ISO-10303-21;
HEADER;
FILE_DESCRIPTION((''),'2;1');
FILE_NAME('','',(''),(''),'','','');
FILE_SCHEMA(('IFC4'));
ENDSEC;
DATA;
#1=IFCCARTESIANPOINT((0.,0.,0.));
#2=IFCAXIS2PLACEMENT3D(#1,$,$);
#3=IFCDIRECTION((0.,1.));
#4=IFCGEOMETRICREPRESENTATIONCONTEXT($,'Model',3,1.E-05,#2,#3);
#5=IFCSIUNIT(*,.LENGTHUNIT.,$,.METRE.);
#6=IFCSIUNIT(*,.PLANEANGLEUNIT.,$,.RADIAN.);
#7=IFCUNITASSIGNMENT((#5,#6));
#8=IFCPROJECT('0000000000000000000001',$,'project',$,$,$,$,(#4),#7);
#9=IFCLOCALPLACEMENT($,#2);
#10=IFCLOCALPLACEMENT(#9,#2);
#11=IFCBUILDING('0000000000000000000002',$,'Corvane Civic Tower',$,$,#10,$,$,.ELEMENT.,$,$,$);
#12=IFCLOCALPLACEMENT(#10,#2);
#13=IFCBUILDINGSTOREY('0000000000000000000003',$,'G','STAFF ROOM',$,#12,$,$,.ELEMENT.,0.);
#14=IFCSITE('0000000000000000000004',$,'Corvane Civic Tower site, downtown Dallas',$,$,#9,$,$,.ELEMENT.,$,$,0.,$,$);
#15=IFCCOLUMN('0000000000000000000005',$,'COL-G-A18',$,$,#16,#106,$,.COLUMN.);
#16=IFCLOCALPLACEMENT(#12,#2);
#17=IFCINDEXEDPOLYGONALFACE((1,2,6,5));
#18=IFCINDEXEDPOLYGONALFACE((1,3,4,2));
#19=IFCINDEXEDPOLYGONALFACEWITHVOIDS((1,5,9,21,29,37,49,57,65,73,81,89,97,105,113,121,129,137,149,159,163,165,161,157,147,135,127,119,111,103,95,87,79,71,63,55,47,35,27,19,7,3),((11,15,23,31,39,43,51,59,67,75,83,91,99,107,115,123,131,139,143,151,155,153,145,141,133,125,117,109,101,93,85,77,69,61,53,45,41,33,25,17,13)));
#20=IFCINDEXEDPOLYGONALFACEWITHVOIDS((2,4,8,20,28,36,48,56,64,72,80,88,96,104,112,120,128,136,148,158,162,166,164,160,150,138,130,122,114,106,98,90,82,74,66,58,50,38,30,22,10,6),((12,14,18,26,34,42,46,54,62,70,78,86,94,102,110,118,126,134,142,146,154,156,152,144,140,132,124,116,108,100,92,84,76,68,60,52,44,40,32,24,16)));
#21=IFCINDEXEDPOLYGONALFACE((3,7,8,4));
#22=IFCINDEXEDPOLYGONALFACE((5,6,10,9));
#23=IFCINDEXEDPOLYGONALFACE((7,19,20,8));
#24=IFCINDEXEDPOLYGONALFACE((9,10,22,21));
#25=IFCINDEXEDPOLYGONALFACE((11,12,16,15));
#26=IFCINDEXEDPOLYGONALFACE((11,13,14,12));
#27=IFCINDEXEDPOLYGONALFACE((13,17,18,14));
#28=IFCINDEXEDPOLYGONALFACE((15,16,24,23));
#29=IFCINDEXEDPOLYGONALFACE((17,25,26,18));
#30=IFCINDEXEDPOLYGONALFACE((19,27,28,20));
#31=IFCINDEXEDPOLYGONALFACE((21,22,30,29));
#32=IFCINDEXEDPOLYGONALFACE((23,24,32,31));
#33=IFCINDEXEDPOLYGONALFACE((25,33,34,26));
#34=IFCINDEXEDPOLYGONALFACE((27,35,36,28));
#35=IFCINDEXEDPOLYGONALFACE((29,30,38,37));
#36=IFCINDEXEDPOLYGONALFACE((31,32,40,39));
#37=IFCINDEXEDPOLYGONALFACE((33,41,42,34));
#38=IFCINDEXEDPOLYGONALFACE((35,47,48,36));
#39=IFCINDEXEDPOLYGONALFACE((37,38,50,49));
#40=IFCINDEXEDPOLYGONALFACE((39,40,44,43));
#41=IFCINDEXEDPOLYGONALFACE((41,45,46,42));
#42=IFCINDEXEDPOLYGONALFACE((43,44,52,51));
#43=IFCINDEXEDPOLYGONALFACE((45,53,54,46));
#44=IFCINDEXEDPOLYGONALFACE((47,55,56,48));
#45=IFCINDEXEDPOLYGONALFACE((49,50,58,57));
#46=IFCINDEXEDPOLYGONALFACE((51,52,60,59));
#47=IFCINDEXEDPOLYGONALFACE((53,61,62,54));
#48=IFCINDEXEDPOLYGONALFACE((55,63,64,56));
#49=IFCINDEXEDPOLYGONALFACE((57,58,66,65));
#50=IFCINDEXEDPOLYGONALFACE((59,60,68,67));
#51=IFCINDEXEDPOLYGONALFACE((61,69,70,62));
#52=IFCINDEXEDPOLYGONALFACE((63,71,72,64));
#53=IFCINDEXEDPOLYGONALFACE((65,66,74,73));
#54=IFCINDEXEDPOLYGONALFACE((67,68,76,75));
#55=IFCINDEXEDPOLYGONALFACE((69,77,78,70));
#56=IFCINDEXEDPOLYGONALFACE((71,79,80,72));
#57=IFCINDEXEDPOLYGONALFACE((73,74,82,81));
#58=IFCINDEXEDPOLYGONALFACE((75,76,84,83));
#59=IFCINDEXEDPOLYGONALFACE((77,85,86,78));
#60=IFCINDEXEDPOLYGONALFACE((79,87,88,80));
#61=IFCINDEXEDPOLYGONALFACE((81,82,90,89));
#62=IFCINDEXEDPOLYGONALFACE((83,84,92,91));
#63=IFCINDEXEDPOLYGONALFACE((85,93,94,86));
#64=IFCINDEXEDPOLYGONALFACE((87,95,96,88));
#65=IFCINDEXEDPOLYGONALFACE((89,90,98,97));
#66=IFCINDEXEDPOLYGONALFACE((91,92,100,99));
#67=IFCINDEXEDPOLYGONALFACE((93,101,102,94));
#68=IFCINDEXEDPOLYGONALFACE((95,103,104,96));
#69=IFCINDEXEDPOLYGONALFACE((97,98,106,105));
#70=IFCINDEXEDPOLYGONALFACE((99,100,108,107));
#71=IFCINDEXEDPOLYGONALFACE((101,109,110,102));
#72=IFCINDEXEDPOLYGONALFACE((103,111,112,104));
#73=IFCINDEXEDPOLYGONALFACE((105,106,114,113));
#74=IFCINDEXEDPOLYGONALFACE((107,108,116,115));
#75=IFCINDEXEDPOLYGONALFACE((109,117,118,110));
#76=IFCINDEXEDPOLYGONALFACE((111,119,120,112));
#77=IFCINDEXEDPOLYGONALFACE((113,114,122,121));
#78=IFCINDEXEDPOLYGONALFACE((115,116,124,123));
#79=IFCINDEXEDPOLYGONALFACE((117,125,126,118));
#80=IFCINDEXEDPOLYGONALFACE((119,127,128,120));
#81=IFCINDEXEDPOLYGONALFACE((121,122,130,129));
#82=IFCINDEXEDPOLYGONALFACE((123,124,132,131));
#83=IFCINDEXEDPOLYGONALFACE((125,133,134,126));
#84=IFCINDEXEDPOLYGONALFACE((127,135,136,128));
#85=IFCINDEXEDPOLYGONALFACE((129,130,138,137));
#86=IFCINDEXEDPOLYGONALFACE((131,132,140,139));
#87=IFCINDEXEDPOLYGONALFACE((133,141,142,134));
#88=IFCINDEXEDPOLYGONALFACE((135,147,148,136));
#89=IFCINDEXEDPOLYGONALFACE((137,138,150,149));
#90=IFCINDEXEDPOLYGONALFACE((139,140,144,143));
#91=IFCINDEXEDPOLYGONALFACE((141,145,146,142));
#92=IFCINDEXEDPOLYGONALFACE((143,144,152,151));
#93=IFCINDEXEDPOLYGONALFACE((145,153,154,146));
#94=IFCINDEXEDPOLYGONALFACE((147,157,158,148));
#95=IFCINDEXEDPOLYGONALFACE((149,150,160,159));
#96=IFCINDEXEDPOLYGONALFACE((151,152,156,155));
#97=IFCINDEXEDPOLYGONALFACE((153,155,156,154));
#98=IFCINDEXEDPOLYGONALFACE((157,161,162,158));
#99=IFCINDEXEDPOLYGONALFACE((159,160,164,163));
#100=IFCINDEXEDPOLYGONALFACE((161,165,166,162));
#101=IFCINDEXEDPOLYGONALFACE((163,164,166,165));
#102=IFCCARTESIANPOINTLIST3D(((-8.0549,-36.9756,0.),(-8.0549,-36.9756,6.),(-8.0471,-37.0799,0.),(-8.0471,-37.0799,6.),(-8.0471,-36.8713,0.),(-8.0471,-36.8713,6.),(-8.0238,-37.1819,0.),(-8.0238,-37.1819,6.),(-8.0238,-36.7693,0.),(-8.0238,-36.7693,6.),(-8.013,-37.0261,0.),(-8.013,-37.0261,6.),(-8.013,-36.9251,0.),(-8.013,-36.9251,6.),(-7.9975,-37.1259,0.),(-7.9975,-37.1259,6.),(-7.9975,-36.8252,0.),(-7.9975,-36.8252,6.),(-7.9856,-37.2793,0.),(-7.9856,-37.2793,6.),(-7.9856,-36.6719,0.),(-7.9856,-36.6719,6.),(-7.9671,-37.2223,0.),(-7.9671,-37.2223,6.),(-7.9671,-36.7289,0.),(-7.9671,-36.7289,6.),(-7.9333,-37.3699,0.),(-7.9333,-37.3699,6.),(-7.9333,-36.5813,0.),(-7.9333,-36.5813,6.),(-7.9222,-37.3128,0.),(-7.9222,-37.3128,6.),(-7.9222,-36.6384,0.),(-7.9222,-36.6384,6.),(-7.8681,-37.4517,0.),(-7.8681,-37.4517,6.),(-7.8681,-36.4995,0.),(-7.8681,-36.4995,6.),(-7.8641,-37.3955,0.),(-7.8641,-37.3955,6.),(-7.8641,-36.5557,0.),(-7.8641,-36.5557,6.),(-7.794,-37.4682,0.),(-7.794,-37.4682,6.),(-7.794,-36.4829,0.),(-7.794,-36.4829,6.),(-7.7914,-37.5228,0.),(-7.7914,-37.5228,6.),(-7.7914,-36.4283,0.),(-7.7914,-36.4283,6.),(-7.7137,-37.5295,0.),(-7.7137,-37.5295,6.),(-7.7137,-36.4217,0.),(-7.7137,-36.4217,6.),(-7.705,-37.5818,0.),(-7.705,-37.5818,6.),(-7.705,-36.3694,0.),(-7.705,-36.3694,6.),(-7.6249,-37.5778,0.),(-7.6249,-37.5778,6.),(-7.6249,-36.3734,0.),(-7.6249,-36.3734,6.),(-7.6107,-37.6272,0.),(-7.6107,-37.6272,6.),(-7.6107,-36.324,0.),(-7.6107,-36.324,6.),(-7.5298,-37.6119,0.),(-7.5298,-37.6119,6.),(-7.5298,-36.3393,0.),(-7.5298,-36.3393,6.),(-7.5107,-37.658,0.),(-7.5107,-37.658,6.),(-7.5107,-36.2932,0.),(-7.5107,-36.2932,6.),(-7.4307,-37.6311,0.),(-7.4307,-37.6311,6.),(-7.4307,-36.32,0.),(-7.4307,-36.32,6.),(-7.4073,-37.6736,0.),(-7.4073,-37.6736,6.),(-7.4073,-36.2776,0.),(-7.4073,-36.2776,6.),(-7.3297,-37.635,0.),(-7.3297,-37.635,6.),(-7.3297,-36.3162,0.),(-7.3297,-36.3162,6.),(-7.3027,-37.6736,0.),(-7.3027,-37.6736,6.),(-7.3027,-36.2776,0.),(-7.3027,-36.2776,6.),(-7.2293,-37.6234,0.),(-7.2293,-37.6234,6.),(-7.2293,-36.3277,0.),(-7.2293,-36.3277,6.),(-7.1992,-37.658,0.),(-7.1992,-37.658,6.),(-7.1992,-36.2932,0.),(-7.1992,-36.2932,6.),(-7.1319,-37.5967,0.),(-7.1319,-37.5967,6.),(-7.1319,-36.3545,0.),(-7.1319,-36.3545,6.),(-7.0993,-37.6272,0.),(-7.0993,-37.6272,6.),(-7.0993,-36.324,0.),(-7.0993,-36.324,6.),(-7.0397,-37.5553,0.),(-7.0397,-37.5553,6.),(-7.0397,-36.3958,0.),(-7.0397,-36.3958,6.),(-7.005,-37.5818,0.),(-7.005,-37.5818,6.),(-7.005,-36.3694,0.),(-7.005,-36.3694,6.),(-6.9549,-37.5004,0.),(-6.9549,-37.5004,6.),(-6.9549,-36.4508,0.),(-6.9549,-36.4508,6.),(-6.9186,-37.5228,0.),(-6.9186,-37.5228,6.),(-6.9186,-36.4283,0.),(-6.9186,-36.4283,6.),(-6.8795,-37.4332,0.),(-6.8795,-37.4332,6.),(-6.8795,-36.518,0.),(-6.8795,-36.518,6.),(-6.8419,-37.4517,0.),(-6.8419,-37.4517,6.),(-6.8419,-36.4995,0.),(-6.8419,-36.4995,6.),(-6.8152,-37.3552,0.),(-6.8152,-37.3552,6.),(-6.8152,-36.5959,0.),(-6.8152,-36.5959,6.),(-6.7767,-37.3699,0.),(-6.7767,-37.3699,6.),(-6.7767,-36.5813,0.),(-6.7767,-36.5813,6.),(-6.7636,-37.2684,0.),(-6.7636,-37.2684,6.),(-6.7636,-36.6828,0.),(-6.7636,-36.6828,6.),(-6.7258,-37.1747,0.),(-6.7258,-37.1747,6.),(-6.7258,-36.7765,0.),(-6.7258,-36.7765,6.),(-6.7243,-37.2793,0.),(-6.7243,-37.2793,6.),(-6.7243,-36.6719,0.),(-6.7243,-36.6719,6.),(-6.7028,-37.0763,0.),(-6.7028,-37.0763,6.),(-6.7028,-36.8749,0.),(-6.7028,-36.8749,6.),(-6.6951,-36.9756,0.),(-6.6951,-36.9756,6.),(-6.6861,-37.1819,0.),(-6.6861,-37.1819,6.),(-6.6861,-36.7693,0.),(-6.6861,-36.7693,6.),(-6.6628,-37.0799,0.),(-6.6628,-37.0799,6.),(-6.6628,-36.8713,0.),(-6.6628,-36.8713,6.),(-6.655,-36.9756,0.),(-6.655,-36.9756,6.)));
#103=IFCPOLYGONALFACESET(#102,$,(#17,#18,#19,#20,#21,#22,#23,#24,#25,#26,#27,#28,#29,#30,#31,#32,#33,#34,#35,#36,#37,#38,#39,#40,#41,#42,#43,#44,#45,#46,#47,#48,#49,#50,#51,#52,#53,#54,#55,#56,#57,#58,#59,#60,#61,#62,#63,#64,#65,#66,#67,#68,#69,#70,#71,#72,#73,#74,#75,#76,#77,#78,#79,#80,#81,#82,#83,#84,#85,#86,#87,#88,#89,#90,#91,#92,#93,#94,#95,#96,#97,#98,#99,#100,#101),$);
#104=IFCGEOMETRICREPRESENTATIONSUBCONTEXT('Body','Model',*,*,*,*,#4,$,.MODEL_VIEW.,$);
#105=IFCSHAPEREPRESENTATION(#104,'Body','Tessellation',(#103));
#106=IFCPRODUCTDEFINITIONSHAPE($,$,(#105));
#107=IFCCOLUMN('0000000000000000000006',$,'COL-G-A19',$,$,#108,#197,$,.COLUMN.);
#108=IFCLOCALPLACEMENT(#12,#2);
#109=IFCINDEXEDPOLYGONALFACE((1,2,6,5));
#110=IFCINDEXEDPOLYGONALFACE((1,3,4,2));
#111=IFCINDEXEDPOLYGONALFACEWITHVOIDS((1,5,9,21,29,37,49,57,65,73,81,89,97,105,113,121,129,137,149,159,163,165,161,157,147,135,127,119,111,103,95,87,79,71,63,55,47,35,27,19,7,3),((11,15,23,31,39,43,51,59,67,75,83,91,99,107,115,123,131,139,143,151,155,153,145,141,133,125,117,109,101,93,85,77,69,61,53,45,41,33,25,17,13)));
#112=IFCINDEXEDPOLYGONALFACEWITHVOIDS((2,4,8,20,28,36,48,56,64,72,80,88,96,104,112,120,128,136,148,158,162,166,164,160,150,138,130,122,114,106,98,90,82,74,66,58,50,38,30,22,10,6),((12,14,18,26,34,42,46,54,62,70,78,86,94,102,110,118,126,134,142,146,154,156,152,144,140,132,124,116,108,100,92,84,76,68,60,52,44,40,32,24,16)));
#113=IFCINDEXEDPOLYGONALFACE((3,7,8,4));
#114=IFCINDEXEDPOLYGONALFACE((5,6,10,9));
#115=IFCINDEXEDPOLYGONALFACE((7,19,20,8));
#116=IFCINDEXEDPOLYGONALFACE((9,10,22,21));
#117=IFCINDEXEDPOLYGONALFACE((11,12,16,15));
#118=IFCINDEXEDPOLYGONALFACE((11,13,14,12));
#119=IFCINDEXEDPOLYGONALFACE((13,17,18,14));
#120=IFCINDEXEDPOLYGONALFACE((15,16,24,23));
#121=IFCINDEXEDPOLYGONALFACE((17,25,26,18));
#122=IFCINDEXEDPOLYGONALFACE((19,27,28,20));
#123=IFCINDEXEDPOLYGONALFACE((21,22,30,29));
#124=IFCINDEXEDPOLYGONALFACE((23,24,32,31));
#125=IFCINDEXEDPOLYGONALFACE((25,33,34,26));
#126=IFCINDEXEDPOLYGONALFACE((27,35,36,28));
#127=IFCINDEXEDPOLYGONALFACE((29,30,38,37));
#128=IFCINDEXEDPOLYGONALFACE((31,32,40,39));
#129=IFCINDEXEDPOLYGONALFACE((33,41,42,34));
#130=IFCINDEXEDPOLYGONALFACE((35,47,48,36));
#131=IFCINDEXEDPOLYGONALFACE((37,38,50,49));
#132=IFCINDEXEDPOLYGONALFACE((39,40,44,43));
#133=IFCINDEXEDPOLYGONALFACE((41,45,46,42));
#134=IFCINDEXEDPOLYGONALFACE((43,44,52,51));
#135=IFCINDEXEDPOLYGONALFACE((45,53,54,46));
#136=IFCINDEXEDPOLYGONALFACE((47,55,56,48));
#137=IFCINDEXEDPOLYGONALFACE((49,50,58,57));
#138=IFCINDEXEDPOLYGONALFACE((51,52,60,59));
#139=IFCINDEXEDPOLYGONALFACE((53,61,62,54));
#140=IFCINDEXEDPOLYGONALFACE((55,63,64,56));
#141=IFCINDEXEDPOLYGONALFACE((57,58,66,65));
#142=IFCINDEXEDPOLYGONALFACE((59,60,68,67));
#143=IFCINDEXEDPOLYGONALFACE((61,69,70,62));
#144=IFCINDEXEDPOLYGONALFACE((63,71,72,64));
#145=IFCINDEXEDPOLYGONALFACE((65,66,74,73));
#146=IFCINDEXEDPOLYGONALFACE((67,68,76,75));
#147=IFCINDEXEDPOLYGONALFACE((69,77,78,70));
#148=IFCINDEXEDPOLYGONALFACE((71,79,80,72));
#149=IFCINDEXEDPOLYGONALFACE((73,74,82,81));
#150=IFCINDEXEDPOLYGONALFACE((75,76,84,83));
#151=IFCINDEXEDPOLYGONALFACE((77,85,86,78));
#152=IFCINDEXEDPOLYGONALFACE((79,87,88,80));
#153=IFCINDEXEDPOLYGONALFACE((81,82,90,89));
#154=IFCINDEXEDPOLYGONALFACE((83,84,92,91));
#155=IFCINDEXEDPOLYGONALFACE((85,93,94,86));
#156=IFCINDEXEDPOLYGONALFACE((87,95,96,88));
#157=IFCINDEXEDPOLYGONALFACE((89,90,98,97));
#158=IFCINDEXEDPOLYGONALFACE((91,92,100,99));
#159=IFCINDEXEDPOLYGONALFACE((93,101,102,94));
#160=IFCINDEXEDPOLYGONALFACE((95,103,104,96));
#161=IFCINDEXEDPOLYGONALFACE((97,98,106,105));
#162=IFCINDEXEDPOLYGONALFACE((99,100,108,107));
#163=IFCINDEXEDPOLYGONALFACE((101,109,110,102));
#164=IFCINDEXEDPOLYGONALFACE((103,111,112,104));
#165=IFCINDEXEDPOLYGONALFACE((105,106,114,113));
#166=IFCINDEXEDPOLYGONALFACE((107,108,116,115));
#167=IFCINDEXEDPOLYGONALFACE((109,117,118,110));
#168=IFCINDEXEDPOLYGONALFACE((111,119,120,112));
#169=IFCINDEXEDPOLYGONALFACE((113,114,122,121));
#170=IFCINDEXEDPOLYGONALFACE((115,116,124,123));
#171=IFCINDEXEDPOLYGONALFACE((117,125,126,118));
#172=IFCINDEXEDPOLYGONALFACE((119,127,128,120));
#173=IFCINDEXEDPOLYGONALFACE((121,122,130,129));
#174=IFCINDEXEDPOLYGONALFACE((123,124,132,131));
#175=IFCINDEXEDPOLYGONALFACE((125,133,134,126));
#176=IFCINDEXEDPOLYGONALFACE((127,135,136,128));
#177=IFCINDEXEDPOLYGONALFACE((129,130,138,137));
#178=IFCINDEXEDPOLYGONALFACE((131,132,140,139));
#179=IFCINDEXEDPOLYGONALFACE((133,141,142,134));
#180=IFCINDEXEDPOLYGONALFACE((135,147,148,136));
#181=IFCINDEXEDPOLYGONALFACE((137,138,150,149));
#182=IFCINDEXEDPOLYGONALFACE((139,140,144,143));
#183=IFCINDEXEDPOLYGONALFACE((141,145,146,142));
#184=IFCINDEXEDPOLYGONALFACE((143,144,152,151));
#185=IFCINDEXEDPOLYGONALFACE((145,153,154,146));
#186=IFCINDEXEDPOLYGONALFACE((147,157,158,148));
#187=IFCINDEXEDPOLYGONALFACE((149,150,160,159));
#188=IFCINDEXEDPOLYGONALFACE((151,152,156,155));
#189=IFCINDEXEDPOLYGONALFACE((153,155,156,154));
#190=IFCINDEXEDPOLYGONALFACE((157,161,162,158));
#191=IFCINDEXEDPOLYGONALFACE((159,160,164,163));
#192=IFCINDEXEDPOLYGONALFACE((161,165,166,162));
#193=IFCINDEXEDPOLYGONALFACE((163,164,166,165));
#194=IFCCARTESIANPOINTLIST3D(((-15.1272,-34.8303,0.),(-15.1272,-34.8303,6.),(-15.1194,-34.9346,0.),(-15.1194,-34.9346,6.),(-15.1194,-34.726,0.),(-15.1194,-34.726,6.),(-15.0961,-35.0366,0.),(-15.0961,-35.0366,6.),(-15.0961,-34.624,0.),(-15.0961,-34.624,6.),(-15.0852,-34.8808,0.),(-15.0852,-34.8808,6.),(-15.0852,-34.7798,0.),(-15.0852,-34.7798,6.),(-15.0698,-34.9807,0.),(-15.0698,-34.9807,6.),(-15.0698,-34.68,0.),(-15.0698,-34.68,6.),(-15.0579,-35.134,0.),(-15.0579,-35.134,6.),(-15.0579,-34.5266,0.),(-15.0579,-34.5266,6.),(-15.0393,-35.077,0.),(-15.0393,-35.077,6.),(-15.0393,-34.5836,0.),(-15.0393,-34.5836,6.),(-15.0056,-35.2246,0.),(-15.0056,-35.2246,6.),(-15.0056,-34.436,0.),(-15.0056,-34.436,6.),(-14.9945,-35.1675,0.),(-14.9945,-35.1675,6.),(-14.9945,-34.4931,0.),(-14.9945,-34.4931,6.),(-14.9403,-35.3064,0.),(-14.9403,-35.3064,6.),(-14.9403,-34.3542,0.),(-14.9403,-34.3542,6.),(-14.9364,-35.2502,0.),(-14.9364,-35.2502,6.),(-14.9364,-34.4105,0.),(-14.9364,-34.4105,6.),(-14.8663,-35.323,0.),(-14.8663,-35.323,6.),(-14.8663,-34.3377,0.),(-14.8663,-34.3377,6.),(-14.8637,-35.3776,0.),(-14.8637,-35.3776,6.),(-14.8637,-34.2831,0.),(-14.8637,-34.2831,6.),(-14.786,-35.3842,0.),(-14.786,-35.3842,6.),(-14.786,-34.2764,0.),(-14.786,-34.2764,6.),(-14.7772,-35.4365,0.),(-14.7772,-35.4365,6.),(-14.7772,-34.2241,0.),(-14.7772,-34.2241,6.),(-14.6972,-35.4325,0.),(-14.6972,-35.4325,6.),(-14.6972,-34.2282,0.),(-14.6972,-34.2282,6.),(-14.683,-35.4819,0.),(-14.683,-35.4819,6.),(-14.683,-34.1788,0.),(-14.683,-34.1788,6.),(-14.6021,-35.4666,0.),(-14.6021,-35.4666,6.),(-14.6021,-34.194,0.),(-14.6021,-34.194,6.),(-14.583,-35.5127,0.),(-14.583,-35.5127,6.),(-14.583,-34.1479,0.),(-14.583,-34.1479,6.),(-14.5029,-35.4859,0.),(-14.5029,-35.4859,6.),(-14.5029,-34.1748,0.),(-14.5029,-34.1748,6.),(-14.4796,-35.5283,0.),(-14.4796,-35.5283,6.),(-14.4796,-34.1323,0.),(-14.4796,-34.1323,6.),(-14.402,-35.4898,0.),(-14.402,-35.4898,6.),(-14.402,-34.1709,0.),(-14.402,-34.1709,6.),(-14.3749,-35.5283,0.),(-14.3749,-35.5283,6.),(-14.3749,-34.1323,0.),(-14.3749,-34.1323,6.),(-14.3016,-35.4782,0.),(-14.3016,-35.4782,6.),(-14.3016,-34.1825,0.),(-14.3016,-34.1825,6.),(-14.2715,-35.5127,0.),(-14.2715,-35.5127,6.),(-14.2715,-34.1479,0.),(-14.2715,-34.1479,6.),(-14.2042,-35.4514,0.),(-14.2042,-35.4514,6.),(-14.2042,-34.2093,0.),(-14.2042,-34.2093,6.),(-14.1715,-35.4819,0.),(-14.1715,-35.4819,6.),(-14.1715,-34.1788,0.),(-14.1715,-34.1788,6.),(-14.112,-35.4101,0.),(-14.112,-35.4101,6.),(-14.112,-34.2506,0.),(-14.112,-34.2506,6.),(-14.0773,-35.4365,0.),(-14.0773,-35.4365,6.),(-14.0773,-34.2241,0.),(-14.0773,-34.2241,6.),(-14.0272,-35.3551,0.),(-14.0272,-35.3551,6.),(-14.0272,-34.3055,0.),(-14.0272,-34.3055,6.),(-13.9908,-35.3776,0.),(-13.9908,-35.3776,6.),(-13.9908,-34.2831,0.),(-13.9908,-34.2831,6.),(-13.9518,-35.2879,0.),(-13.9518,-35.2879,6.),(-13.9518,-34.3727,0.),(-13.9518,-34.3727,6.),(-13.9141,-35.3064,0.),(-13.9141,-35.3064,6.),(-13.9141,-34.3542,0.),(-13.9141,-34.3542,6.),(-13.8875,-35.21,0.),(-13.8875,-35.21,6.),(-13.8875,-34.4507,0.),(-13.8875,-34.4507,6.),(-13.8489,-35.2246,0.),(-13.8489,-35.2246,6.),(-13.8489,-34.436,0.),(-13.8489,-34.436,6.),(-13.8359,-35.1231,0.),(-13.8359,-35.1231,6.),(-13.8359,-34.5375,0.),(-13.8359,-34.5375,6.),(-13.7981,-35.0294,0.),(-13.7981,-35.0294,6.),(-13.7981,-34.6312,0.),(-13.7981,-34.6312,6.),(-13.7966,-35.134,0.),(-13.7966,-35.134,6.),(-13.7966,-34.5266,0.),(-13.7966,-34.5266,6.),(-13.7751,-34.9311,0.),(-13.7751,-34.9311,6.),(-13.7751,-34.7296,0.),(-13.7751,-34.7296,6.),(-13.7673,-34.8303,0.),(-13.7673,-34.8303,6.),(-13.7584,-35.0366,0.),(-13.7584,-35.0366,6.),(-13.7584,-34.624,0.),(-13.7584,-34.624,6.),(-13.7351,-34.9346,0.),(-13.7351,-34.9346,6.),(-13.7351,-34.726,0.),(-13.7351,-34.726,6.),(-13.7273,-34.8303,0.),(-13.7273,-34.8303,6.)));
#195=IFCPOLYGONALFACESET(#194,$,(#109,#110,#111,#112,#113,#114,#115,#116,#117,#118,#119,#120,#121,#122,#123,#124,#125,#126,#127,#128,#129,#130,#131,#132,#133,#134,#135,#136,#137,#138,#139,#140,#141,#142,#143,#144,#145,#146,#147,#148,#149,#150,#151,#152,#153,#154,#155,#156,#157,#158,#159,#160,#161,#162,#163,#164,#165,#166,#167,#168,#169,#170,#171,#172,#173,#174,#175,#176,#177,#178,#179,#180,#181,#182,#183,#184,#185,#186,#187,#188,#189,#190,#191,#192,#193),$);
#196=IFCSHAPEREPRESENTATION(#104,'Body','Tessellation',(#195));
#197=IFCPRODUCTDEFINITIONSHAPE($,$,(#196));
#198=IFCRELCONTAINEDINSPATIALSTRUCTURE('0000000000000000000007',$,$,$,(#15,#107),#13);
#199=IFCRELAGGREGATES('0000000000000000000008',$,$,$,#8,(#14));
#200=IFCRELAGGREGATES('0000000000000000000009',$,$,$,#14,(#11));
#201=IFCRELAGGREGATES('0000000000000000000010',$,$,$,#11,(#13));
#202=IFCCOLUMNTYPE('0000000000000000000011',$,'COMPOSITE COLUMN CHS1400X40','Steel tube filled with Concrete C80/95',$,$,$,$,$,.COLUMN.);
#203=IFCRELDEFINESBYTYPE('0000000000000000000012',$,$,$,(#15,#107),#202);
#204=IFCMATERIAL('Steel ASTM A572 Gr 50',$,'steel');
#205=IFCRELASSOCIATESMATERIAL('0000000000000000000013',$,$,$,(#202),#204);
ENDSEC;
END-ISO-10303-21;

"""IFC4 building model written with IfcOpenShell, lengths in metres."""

from ifc_helpers import new_model, si_unit, direction, frame, origin, origin_2d, place, context, subcontext, project, spatial, hollow_circle, extrude, material, material_profile, profile_set, type_object, element, save


model = new_model("IFC4")

# Units and contexts
model_context = context("Model", 3, precision=1e-05, world=origin(), true_north=direction((0.0, 1.0)))
body_context = subcontext(model_context, "Body", "Model", "MODEL_VIEW")
ifc_project = project(units=[si_unit("LENGTHUNIT", "METRE"), si_unit("PLANEANGLEUNIT", "RADIAN")], contexts=[model_context])

# Site, building, storey
site_placement = place(None, origin())
site = spatial("IfcSite", under=ifc_project, at=site_placement, Name="Corvane Civic Tower site, downtown Dallas", CompositionType="ELEMENT", RefElevation=0.0)
building_placement = place(site_placement, origin())
building = spatial("IfcBuilding", under=site, at=building_placement, Name="Corvane Civic Tower", CompositionType="ELEMENT")
storey_placement = place(building_placement, origin())
storey = spatial("IfcBuildingStorey", under=building, at=storey_placement, Name="G", Description="STAFF ROOM", CompositionType="ELEMENT", Elevation=0.0)

# Columns
ifc_material_1 = material(Name="Steel ASTM A572 Gr 50", Category="steel")
ifc_material_profile_1 = material_profile(ifc_material_1, hollow_circle(Radius=0.7, WallThickness=0.04, at=origin_2d()), Name="CHS1400X40")
ifc_profile_set_1 = profile_set([ifc_material_profile_1], Name="Steel ASTM A572 Gr 50")
column_type_1 = type_object("IfcColumnType", Name="COMPOSITE COLUMN CHS1400X40", Description="Steel tube filled with Concrete C80/95", PredefinedType="COLUMN", material=ifc_profile_set_1)
for number, where, z_axis, x_axis, name in (
    (1, (-7.355, -36.9756, 0.0), (0.0, 0.0, 1.0), (1.0, 0.0, 0.0), "COL-G-A18"),
    (2, (-14.4272, -34.8303, 0.0), (0.0, 0.0, 1.0), (1.0, 0.0, 0.0), "COL-G-A19"),
):
    element("IfcColumn", number, at=place(storey_placement, frame(where, z_axis=z_axis, x_axis=x_axis)), inside=storey, type_object=column_type_1, Name=name, PredefinedType="COLUMN", context=body_context, shape_type="SweptSolid", body=[
        extrude(hollow_circle(Radius=0.7, WallThickness=0.04, at=origin_2d()), origin(), (0.0, 0.0, 1.0), 6.0),
    ])

save(model, "model.ifc")
